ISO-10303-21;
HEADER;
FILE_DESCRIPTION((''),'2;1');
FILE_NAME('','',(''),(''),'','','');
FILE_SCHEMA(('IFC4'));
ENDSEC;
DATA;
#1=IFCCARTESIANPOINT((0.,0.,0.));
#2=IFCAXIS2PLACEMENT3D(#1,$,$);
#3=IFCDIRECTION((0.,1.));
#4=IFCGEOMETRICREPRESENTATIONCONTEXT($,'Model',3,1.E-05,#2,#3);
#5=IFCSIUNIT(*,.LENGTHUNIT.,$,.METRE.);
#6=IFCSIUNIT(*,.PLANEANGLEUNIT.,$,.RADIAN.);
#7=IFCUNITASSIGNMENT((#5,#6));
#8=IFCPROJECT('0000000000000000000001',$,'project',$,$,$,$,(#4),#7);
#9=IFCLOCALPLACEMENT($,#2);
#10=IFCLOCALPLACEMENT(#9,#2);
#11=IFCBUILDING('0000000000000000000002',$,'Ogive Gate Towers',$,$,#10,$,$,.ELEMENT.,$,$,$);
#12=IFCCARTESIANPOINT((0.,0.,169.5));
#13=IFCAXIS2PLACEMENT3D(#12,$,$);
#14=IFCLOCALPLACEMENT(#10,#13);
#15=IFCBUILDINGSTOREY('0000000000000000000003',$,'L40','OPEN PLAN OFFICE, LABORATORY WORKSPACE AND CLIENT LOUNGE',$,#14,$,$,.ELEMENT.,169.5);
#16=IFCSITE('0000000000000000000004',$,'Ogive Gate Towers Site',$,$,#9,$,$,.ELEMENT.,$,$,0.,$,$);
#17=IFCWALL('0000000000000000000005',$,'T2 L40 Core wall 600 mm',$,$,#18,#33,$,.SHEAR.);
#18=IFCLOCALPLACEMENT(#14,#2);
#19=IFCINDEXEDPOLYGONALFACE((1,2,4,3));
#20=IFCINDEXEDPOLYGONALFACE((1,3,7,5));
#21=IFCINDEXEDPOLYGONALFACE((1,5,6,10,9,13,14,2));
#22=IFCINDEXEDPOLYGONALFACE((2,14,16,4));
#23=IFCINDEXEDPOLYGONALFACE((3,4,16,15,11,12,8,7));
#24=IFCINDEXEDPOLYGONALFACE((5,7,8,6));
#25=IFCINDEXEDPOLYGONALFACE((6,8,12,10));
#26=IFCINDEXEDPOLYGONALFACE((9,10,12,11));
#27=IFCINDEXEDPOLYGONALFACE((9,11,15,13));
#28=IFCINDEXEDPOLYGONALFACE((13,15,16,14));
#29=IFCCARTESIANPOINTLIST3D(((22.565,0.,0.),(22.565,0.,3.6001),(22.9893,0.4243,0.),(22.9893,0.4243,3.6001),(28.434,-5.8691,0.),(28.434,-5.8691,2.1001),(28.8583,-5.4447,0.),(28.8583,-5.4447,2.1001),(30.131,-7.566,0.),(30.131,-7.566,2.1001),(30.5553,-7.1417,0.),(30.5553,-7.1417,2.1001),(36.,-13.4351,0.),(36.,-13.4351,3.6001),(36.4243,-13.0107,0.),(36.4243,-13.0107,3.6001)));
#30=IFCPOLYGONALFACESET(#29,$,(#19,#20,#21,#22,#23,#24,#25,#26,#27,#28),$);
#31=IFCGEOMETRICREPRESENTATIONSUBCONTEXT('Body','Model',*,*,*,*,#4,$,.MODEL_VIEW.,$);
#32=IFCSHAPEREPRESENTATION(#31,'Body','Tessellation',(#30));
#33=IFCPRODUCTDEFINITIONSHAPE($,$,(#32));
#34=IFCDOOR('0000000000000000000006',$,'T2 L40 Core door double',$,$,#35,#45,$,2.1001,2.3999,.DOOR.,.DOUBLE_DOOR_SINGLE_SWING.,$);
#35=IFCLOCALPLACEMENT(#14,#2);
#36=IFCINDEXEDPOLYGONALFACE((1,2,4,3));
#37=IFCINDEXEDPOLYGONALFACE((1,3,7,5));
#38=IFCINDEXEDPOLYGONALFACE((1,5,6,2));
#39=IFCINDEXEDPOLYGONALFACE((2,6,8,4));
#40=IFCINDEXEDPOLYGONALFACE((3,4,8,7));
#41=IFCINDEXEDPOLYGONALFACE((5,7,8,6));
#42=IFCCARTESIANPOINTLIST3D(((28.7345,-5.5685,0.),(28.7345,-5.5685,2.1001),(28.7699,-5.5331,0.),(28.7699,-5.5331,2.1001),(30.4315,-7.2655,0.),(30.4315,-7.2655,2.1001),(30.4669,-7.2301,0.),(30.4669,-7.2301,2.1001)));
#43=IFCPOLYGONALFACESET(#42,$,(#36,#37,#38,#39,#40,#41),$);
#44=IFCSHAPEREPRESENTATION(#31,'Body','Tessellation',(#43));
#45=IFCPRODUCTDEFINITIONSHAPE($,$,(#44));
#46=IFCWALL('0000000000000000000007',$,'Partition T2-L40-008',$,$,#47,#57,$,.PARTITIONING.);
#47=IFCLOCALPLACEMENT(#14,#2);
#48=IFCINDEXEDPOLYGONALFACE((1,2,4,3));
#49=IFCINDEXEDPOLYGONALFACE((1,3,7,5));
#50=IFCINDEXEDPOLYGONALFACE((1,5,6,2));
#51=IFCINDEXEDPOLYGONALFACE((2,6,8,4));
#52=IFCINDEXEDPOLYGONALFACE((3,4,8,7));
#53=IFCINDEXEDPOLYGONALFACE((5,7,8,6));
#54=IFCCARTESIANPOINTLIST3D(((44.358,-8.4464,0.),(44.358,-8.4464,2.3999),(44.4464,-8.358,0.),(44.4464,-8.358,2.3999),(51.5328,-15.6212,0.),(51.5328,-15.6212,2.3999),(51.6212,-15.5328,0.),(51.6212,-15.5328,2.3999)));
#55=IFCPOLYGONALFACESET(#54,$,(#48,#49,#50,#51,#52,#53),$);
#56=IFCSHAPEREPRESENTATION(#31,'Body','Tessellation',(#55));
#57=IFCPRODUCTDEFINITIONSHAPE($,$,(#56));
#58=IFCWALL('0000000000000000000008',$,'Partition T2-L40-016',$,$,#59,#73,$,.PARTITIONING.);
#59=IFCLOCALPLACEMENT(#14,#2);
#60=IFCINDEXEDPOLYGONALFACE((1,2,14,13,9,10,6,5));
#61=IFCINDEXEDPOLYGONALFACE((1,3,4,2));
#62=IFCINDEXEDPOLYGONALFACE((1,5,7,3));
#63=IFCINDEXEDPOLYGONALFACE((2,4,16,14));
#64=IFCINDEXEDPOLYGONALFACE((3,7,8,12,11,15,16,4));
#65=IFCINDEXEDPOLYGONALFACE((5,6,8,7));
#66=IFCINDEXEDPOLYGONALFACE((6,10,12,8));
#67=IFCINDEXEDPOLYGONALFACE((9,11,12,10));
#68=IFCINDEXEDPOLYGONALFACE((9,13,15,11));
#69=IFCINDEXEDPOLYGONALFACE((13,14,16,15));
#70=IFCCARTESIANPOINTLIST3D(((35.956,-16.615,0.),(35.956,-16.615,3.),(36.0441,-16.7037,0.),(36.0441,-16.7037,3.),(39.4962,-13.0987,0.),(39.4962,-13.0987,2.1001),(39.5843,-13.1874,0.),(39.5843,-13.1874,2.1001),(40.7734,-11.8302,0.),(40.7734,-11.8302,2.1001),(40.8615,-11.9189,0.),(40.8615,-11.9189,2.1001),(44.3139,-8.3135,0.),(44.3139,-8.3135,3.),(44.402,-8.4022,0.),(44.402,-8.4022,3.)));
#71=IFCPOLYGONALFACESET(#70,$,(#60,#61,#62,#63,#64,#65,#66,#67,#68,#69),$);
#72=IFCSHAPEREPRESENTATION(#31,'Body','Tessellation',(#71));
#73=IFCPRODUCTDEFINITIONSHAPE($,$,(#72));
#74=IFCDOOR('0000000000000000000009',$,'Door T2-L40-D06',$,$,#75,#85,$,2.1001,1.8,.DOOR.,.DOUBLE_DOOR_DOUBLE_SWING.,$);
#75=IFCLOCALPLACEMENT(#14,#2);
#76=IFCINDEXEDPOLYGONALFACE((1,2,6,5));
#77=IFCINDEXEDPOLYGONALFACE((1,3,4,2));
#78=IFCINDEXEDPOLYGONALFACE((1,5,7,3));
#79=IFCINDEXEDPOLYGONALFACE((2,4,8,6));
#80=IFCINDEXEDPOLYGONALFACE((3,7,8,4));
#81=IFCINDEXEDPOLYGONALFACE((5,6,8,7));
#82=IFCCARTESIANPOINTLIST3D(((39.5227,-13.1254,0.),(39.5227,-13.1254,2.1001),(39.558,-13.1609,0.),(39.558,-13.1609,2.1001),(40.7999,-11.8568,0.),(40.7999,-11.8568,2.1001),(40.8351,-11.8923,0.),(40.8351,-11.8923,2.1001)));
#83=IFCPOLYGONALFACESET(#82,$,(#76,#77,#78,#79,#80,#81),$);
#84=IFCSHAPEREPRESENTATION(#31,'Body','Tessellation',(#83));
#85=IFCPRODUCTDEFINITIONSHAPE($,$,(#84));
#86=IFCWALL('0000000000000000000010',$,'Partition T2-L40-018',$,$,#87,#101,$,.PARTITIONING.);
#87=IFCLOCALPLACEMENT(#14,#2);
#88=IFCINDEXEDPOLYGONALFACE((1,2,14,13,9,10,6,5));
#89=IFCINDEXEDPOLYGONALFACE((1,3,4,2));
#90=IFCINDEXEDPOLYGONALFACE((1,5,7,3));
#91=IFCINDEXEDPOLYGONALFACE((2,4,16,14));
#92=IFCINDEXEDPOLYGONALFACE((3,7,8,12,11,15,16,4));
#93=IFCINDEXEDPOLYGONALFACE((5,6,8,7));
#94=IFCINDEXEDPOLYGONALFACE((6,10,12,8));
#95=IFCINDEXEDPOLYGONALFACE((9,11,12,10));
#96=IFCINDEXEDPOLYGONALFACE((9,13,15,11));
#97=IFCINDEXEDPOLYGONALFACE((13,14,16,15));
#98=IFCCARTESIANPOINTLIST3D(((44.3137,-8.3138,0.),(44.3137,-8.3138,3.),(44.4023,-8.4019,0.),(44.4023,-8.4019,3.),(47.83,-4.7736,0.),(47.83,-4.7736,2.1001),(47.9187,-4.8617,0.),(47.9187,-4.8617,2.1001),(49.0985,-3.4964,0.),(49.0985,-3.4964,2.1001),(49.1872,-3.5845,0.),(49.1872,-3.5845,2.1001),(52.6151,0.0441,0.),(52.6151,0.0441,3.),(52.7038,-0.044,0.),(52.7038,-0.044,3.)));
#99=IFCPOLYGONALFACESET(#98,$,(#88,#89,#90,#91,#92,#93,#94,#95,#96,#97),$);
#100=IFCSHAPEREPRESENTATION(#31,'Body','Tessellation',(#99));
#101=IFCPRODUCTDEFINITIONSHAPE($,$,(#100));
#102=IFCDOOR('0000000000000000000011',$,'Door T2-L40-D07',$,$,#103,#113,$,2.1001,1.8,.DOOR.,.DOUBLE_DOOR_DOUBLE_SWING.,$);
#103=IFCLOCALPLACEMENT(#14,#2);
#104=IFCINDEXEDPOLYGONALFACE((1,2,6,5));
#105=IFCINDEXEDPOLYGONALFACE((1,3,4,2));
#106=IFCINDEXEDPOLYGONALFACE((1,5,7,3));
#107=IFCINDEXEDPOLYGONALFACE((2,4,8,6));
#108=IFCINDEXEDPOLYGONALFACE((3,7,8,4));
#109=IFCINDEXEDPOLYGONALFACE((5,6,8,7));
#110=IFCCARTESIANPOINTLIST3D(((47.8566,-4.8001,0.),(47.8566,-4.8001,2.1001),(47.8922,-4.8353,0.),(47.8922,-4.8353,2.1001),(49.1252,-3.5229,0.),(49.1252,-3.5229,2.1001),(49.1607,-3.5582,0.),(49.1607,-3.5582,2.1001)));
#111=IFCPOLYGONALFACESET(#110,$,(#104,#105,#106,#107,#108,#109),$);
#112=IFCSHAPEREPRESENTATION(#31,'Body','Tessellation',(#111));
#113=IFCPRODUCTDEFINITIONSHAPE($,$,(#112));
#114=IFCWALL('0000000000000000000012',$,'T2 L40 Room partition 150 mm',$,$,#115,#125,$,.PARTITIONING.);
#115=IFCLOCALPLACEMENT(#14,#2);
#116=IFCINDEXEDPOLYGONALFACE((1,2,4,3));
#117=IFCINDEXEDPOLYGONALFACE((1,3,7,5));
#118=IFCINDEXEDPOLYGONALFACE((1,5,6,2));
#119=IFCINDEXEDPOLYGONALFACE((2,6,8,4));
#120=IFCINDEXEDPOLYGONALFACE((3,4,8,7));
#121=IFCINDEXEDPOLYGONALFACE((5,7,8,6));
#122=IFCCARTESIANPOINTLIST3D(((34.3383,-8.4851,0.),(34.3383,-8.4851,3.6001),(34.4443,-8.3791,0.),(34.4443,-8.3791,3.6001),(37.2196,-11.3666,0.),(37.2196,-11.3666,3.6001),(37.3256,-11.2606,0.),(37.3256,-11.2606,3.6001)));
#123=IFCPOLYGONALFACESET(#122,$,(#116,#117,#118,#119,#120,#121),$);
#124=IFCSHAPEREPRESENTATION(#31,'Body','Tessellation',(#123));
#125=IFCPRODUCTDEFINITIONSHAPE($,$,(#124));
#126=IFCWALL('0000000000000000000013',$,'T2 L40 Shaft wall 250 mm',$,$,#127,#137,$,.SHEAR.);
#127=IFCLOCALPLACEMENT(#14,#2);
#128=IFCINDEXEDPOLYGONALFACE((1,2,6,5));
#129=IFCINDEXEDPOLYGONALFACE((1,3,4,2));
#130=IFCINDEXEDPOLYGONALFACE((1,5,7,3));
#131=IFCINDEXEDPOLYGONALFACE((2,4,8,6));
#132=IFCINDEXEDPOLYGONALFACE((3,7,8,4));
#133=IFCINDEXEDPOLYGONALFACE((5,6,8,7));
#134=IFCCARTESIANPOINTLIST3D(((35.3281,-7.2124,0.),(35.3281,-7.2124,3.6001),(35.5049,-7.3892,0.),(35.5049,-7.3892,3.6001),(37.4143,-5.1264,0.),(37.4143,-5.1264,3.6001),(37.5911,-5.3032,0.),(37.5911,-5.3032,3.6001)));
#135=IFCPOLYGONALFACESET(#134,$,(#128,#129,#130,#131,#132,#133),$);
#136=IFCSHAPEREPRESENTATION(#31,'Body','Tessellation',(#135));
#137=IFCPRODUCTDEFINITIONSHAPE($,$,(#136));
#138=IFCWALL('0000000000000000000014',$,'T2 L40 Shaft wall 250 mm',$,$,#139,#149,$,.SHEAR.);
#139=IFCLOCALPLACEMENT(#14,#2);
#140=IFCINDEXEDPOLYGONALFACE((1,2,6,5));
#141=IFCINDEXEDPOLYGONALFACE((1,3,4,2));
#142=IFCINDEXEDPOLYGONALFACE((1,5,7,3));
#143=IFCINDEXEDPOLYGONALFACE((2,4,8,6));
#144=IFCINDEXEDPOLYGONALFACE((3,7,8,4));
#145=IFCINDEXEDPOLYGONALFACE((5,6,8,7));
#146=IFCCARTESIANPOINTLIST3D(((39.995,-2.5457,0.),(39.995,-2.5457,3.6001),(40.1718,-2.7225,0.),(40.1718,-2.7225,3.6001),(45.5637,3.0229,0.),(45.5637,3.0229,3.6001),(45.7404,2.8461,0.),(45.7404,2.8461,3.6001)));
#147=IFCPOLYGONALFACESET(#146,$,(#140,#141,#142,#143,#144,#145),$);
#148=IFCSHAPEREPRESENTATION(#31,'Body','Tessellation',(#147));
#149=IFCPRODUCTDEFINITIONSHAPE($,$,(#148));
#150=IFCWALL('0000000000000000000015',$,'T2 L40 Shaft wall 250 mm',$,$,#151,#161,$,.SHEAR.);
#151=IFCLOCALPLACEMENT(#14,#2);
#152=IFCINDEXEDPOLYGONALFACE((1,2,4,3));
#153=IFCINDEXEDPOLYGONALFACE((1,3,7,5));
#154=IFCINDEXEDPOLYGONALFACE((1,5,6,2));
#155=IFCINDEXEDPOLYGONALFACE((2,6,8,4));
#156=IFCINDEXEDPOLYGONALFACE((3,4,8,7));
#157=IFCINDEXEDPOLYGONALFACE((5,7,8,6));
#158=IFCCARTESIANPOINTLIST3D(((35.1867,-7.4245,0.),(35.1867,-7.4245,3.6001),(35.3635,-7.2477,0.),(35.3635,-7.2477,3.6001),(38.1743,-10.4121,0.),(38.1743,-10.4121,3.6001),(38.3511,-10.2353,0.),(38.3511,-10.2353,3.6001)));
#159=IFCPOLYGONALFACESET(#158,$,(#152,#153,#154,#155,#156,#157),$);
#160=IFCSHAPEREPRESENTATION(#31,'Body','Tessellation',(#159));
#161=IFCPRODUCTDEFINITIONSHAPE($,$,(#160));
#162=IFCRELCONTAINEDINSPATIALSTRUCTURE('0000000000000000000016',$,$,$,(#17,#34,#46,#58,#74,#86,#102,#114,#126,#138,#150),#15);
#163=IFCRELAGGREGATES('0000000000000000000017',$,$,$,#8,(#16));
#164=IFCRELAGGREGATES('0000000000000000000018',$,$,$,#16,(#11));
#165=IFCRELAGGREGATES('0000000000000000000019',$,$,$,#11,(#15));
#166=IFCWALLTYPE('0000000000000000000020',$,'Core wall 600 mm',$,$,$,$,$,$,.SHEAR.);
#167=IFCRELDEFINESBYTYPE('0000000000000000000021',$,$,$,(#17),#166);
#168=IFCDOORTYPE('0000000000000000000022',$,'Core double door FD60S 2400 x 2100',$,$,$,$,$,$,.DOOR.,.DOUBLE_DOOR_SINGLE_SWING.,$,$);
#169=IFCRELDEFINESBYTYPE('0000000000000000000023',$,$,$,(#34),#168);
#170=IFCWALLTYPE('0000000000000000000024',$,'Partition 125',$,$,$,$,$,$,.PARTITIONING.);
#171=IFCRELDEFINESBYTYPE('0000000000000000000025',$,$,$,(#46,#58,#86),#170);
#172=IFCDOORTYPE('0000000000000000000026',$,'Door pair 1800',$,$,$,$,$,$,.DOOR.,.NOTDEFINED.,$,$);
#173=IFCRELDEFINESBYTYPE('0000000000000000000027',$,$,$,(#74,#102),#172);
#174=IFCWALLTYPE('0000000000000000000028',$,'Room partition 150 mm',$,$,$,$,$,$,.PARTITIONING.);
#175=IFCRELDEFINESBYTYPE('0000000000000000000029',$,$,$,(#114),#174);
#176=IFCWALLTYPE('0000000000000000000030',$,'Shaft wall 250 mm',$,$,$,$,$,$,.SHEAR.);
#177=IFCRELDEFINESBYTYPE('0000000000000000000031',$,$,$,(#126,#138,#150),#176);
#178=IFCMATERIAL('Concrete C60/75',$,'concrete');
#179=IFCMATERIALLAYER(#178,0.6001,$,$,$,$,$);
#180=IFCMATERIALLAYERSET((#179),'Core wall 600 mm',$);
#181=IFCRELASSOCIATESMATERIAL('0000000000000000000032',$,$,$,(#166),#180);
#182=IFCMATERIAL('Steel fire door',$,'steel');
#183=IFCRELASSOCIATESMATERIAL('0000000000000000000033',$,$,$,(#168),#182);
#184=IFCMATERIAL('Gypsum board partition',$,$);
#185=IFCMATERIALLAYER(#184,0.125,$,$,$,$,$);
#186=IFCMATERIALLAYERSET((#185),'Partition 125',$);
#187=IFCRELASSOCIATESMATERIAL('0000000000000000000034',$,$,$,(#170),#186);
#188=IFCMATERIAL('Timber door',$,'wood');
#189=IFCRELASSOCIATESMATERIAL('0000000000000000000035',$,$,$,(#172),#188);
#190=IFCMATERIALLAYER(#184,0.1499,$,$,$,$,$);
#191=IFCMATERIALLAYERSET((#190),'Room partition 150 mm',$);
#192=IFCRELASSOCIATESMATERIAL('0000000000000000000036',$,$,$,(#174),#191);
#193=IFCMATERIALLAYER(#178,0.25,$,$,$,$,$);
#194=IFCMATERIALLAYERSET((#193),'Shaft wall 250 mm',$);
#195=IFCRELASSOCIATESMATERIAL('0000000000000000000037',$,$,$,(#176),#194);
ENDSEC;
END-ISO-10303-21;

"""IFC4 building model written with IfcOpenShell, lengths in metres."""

from ifc_helpers import new_model, si_unit, direction, frame, frame_2d, origin, place, context, subcontext, project, spatial, rectangle, extrude, material, layer, layer_set, type_object, element, fill, save


model = new_model("IFC4")

# Units and contexts
model_context = context("Model", 3, precision=1e-05, world=origin(), true_north=direction((0.0, 1.0)))
body_context = subcontext(model_context, "Body", "Model", "MODEL_VIEW")
ifc_project = project(units=[si_unit("LENGTHUNIT", "METRE"), si_unit("PLANEANGLEUNIT", "RADIAN")], contexts=[model_context])

# Site, building, storey
site_placement = place(None, origin())
site = spatial("IfcSite", under=ifc_project, at=site_placement, Name="Ogive Gate Towers Site", CompositionType="ELEMENT", RefElevation=0.0)
building_placement = place(site_placement, origin())
building = spatial("IfcBuilding", under=site, at=building_placement, Name="Ogive Gate Towers", CompositionType="ELEMENT")
storey_placement = place(building_placement, frame((0.0, 0.0, 169.5)))
storey = spatial("IfcBuildingStorey", under=building, at=storey_placement, Name="L40", Description="OPEN PLAN OFFICE, LABORATORY WORKSPACE AND CLIENT LOUNGE", CompositionType="ELEMENT", Elevation=169.5)

# Shared definitions
ifc_material_1 = material(Name="Concrete C60/75", Category="concrete")
ifc_layer_1 = layer(ifc_material_1, 0.6001)
ifc_layer_set_1 = layer_set([ifc_layer_1], Name="Core wall 600 mm")
wall_type_1 = type_object("IfcWallType", Name="Core wall 600 mm", PredefinedType="SHEAR", material=ifc_layer_set_1)
ifc_material_2 = material(Name="Timber door", Category="wood")
ifc_material_3 = material(Name="Steel fire door", Category="steel")

# Wall, opening, door
wall_1_placement = place(storey_placement, frame((36.2122, -13.2229, 0.0), z_axis=(0.0, 0.0, 1.0), x_axis=(-0.707107, 0.707107, 0.0)))
wall_1 = element("IfcWall", 1, at=wall_1_placement, inside=storey, type_object=wall_type_1, Name="T2 L40 Core wall 600 mm", PredefinedType="SHEAR", context=body_context, shape_type="SweptSolid", body=[
    extrude(rectangle(XDim=19.0, YDim=0.6001, at=frame_2d((9.5, 0.0))), origin(), (0.0, 0.0, 1.0), 3.6001),
])
opening_1_placement = place(wall_1_placement, frame((8.3, 0.0, 0.0)))
opening_1 = element("IfcOpeningElement", 2, at=opening_1_placement, cuts=wall_1, PredefinedType="OPENING", context=body_context, shape_type="SweptSolid", body=[
    extrude(rectangle(XDim=2.3999, YDim=2.1001, at=frame_2d((1.2, 1.05))), frame((0.0, 0.3101, 0.0), z_axis=(0.0, -1.0, 0.0), x_axis=(1.0, 0.0, 0.0)), (0.0, 0.0, 1.0), 0.6201),
])
door_type_1 = type_object("IfcDoorType", Name="Core double door FD60S 2400 x 2100", OperationType="DOUBLE_DOOR_SINGLE_SWING", PredefinedType="DOOR", material=ifc_material_3)
door_1_placement = place(opening_1_placement, origin())
door_1 = element("IfcDoor", 3, at=door_1_placement, inside=storey, type_object=door_type_1, Name="T2 L40 Core door double", OperationType="DOUBLE_DOOR_SINGLE_SWING", OverallHeight=2.1001, OverallWidth=2.3999, PredefinedType="DOOR", context=body_context, shape_type="SweptSolid", body=[
    extrude(rectangle(XDim=2.3999, YDim=2.1001, at=frame_2d((1.2, 1.05))), frame((0.0, -0.125, 0.0), z_axis=(0.0, -1.0, 0.0), x_axis=(1.0, 0.0, 0.0)), (0.0, 0.0, 1.0), 0.05),
])
fill(opening_1, door_1)

# Wall
ifc_material_4 = material(Name="Gypsum board partition")
ifc_layer_2 = layer(ifc_material_4, 0.125)
ifc_layer_set_2 = layer_set([ifc_layer_2], Name="Partition 125")
wall_type_2 = type_object("IfcWallType", Name="Partition 125", PredefinedType="PARTITIONING", material=ifc_layer_set_2)
wall_2_placement = place(storey_placement, frame((51.5769, -15.5769, 0.0), z_axis=(0.0, 0.0, 1.0), x_axis=(-0.707107, 0.707107, 0.0)))
element("IfcWall", 4, at=wall_2_placement, inside=storey, type_object=wall_type_2, Name="Partition T2-L40-008", PredefinedType="PARTITIONING", context=body_context, shape_type="SweptSolid", body=[
    extrude(rectangle(XDim=10.1467, YDim=0.125, at=frame_2d((5.0732, 0.0))), origin(), (0.0, 0.0, 1.0), 2.3999),
])

# Walls, openings, doors
wall_3_placement = place(storey_placement, frame((36.0, -16.6594, 0.0), z_axis=(0.0, 0.0, 1.0), x_axis=(0.709496, 0.704709, 0.0)))
wall_3 = element("IfcWall", 5, at=wall_3_placement, inside=storey, type_object=wall_type_2, Name="Partition T2-L40-016", PredefinedType="PARTITIONING", context=body_context, shape_type="SweptSolid", body=[
    extrude(rectangle(XDim=11.78, YDim=0.125, at=frame_2d((5.8901, 0.0))), origin(), (0.0, 0.0, 1.0), 3.0),
])
opening_2_placement = place(wall_3_placement, frame((4.99, 0.0, 0.0)))
opening_2 = element("IfcOpeningElement", 6, at=opening_2_placement, cuts=wall_3, PredefinedType="OPENING", context=body_context, shape_type="SweptSolid", body=[
    extrude(rectangle(XDim=1.8, YDim=2.1001, at=frame_2d((0.8999, 1.05))), frame((0.0, 0.0725, 0.0), z_axis=(0.0, -1.0, 0.0), x_axis=(1.0, 0.0, 0.0)), (0.0, 0.0, 1.0), 0.145),
])
door_type_2 = type_object("IfcDoorType", Name="Door pair 1800", OperationType="NOTDEFINED", PredefinedType="DOOR", material=ifc_material_2)
door_2_placement = place(opening_2_placement, origin())
door_2 = element("IfcDoor", 7, at=door_2_placement, inside=storey, type_object=door_type_2, Name="Door T2-L40-D06", OperationType="DOUBLE_DOOR_DOUBLE_SWING", OverallHeight=2.1001, OverallWidth=1.8, PredefinedType="DOOR", context=body_context, shape_type="SweptSolid", body=[
    extrude(rectangle(XDim=1.8, YDim=2.1001, at=frame_2d((0.8999, 1.05))), frame((0.0, 0.0249, 0.0), z_axis=(0.0, -1.0, 0.0), x_axis=(1.0, 0.0, 0.0)), (0.0, 0.0, 1.0), 0.05),
])
fill(opening_2, door_2)
wall_4_placement = place(storey_placement, frame((44.3579, -8.3579, 0.0), z_axis=(0.0, 0.0, 1.0), x_axis=(0.704709, 0.709496, 0.0)))
wall_4 = element("IfcWall", 8, at=wall_4_placement, inside=storey, type_object=wall_type_2, Name="Partition T2-L40-018", PredefinedType="PARTITIONING", context=body_context, shape_type="SweptSolid", body=[
    extrude(rectangle(XDim=11.78, YDim=0.125, at=frame_2d((5.8901, 0.0))), origin(), (0.0, 0.0, 1.0), 3.0),
])
opening_3_placement = place(wall_4_placement, frame((4.99, 0.0, 0.0)))
opening_3 = element("IfcOpeningElement", 9, at=opening_3_placement, cuts=wall_4, PredefinedType="OPENING", context=body_context, shape_type="SweptSolid", body=[
    extrude(rectangle(XDim=1.8, YDim=2.1001, at=frame_2d((0.8999, 1.05))), frame((0.0, 0.0725, 0.0), z_axis=(0.0, -1.0, 0.0), x_axis=(1.0, 0.0, 0.0)), (0.0, 0.0, 1.0), 0.145),
])
door_3_placement = place(opening_3_placement, origin())
door_3 = element("IfcDoor", 10, at=door_3_placement, inside=storey, type_object=door_type_2, Name="Door T2-L40-D07", OperationType="DOUBLE_DOOR_DOUBLE_SWING", OverallHeight=2.1001, OverallWidth=1.8, PredefinedType="DOOR", context=body_context, shape_type="SweptSolid", body=[
    extrude(rectangle(XDim=1.8, YDim=2.1001, at=frame_2d((0.8999, 1.05))), frame((0.0, 0.0249, 0.0), z_axis=(0.0, -1.0, 0.0), x_axis=(1.0, 0.0, 0.0)), (0.0, 0.0, 1.0), 0.05),
])
fill(opening_3, door_3)

# Walls
ifc_layer_3 = layer(ifc_material_4, 0.1499)
ifc_layer_set_3 = layer_set([ifc_layer_3], Name="Room partition 150 mm")
wall_type_3 = type_object("IfcWallType", Name="Room partition 150 mm", PredefinedType="PARTITIONING", material=ifc_layer_set_3)
wall_5_placement = place(storey_placement, frame((37.2727, -11.3137, 0.0), z_axis=(0.0, 0.0, 1.0), x_axis=(-0.707077, 0.707137, 0.0)))
element("IfcWall", 11, at=wall_5_placement, inside=storey, type_object=wall_type_3, Name="T2 L40 Room partition 150 mm", PredefinedType="PARTITIONING", context=body_context, shape_type="SweptSolid", body=[
    extrude(rectangle(XDim=4.075, YDim=0.1499, at=frame_2d((2.0376, 0.0))), origin(), (0.0, 0.0, 1.0), 3.6001),
])
ifc_layer_4 = layer(ifc_material_1, 0.25)
ifc_layer_set_4 = layer_set([ifc_layer_4], Name="Shaft wall 250 mm")
wall_type_4 = type_object("IfcWallType", Name="Shaft wall 250 mm", PredefinedType="SHEAR", material=ifc_layer_set_4)
wall_6_placement = place(storey_placement, frame((35.4165, -7.3008, 0.0), z_axis=(0.0, 0.0, 1.0), x_axis=(0.707148, 0.707065, 0.0)))
element("IfcWall", 12, at=wall_6_placement, inside=storey, type_object=wall_type_4, Name="T2 L40 Shaft wall 250 mm", PredefinedType="SHEAR", context=body_context, shape_type="SweptSolid", body=[
    extrude(rectangle(XDim=2.9502, YDim=0.25, at=frame_2d((1.4751, 0.0))), origin(), (0.0, 0.0, 1.0), 3.6001),
])
wall_7_placement = place(storey_placement, frame((40.0835, -2.634, 0.0), z_axis=(0.0, 0.0, 1.0), x_axis=(0.707107, 0.707107, 0.0)))
element("IfcWall", 13, at=wall_7_placement, inside=storey, type_object=wall_type_4, Name="T2 L40 Shaft wall 250 mm", PredefinedType="SHEAR", context=body_context, shape_type="SweptSolid", body=[
    extrude(rectangle(XDim=7.8752, YDim=0.25, at=frame_2d((3.9375, 0.0))), origin(), (0.0, 0.0, 1.0), 3.6001),
])
wall_8_placement = place(storey_placement, frame((38.2627, -10.3237, 0.0), z_axis=(0.0, 0.0, 1.0), x_axis=(-0.707107, 0.707107, 0.0)))
element("IfcWall", 14, at=wall_8_placement, inside=storey, type_object=wall_type_4, Name="T2 L40 Shaft wall 250 mm", PredefinedType="SHEAR", context=body_context, shape_type="SweptSolid", body=[
    extrude(rectangle(XDim=4.2251, YDim=0.25, at=frame_2d((2.1125, 0.0))), origin(), (0.0, 0.0, 1.0), 3.6001),
])

save(model, "model.ifc")
